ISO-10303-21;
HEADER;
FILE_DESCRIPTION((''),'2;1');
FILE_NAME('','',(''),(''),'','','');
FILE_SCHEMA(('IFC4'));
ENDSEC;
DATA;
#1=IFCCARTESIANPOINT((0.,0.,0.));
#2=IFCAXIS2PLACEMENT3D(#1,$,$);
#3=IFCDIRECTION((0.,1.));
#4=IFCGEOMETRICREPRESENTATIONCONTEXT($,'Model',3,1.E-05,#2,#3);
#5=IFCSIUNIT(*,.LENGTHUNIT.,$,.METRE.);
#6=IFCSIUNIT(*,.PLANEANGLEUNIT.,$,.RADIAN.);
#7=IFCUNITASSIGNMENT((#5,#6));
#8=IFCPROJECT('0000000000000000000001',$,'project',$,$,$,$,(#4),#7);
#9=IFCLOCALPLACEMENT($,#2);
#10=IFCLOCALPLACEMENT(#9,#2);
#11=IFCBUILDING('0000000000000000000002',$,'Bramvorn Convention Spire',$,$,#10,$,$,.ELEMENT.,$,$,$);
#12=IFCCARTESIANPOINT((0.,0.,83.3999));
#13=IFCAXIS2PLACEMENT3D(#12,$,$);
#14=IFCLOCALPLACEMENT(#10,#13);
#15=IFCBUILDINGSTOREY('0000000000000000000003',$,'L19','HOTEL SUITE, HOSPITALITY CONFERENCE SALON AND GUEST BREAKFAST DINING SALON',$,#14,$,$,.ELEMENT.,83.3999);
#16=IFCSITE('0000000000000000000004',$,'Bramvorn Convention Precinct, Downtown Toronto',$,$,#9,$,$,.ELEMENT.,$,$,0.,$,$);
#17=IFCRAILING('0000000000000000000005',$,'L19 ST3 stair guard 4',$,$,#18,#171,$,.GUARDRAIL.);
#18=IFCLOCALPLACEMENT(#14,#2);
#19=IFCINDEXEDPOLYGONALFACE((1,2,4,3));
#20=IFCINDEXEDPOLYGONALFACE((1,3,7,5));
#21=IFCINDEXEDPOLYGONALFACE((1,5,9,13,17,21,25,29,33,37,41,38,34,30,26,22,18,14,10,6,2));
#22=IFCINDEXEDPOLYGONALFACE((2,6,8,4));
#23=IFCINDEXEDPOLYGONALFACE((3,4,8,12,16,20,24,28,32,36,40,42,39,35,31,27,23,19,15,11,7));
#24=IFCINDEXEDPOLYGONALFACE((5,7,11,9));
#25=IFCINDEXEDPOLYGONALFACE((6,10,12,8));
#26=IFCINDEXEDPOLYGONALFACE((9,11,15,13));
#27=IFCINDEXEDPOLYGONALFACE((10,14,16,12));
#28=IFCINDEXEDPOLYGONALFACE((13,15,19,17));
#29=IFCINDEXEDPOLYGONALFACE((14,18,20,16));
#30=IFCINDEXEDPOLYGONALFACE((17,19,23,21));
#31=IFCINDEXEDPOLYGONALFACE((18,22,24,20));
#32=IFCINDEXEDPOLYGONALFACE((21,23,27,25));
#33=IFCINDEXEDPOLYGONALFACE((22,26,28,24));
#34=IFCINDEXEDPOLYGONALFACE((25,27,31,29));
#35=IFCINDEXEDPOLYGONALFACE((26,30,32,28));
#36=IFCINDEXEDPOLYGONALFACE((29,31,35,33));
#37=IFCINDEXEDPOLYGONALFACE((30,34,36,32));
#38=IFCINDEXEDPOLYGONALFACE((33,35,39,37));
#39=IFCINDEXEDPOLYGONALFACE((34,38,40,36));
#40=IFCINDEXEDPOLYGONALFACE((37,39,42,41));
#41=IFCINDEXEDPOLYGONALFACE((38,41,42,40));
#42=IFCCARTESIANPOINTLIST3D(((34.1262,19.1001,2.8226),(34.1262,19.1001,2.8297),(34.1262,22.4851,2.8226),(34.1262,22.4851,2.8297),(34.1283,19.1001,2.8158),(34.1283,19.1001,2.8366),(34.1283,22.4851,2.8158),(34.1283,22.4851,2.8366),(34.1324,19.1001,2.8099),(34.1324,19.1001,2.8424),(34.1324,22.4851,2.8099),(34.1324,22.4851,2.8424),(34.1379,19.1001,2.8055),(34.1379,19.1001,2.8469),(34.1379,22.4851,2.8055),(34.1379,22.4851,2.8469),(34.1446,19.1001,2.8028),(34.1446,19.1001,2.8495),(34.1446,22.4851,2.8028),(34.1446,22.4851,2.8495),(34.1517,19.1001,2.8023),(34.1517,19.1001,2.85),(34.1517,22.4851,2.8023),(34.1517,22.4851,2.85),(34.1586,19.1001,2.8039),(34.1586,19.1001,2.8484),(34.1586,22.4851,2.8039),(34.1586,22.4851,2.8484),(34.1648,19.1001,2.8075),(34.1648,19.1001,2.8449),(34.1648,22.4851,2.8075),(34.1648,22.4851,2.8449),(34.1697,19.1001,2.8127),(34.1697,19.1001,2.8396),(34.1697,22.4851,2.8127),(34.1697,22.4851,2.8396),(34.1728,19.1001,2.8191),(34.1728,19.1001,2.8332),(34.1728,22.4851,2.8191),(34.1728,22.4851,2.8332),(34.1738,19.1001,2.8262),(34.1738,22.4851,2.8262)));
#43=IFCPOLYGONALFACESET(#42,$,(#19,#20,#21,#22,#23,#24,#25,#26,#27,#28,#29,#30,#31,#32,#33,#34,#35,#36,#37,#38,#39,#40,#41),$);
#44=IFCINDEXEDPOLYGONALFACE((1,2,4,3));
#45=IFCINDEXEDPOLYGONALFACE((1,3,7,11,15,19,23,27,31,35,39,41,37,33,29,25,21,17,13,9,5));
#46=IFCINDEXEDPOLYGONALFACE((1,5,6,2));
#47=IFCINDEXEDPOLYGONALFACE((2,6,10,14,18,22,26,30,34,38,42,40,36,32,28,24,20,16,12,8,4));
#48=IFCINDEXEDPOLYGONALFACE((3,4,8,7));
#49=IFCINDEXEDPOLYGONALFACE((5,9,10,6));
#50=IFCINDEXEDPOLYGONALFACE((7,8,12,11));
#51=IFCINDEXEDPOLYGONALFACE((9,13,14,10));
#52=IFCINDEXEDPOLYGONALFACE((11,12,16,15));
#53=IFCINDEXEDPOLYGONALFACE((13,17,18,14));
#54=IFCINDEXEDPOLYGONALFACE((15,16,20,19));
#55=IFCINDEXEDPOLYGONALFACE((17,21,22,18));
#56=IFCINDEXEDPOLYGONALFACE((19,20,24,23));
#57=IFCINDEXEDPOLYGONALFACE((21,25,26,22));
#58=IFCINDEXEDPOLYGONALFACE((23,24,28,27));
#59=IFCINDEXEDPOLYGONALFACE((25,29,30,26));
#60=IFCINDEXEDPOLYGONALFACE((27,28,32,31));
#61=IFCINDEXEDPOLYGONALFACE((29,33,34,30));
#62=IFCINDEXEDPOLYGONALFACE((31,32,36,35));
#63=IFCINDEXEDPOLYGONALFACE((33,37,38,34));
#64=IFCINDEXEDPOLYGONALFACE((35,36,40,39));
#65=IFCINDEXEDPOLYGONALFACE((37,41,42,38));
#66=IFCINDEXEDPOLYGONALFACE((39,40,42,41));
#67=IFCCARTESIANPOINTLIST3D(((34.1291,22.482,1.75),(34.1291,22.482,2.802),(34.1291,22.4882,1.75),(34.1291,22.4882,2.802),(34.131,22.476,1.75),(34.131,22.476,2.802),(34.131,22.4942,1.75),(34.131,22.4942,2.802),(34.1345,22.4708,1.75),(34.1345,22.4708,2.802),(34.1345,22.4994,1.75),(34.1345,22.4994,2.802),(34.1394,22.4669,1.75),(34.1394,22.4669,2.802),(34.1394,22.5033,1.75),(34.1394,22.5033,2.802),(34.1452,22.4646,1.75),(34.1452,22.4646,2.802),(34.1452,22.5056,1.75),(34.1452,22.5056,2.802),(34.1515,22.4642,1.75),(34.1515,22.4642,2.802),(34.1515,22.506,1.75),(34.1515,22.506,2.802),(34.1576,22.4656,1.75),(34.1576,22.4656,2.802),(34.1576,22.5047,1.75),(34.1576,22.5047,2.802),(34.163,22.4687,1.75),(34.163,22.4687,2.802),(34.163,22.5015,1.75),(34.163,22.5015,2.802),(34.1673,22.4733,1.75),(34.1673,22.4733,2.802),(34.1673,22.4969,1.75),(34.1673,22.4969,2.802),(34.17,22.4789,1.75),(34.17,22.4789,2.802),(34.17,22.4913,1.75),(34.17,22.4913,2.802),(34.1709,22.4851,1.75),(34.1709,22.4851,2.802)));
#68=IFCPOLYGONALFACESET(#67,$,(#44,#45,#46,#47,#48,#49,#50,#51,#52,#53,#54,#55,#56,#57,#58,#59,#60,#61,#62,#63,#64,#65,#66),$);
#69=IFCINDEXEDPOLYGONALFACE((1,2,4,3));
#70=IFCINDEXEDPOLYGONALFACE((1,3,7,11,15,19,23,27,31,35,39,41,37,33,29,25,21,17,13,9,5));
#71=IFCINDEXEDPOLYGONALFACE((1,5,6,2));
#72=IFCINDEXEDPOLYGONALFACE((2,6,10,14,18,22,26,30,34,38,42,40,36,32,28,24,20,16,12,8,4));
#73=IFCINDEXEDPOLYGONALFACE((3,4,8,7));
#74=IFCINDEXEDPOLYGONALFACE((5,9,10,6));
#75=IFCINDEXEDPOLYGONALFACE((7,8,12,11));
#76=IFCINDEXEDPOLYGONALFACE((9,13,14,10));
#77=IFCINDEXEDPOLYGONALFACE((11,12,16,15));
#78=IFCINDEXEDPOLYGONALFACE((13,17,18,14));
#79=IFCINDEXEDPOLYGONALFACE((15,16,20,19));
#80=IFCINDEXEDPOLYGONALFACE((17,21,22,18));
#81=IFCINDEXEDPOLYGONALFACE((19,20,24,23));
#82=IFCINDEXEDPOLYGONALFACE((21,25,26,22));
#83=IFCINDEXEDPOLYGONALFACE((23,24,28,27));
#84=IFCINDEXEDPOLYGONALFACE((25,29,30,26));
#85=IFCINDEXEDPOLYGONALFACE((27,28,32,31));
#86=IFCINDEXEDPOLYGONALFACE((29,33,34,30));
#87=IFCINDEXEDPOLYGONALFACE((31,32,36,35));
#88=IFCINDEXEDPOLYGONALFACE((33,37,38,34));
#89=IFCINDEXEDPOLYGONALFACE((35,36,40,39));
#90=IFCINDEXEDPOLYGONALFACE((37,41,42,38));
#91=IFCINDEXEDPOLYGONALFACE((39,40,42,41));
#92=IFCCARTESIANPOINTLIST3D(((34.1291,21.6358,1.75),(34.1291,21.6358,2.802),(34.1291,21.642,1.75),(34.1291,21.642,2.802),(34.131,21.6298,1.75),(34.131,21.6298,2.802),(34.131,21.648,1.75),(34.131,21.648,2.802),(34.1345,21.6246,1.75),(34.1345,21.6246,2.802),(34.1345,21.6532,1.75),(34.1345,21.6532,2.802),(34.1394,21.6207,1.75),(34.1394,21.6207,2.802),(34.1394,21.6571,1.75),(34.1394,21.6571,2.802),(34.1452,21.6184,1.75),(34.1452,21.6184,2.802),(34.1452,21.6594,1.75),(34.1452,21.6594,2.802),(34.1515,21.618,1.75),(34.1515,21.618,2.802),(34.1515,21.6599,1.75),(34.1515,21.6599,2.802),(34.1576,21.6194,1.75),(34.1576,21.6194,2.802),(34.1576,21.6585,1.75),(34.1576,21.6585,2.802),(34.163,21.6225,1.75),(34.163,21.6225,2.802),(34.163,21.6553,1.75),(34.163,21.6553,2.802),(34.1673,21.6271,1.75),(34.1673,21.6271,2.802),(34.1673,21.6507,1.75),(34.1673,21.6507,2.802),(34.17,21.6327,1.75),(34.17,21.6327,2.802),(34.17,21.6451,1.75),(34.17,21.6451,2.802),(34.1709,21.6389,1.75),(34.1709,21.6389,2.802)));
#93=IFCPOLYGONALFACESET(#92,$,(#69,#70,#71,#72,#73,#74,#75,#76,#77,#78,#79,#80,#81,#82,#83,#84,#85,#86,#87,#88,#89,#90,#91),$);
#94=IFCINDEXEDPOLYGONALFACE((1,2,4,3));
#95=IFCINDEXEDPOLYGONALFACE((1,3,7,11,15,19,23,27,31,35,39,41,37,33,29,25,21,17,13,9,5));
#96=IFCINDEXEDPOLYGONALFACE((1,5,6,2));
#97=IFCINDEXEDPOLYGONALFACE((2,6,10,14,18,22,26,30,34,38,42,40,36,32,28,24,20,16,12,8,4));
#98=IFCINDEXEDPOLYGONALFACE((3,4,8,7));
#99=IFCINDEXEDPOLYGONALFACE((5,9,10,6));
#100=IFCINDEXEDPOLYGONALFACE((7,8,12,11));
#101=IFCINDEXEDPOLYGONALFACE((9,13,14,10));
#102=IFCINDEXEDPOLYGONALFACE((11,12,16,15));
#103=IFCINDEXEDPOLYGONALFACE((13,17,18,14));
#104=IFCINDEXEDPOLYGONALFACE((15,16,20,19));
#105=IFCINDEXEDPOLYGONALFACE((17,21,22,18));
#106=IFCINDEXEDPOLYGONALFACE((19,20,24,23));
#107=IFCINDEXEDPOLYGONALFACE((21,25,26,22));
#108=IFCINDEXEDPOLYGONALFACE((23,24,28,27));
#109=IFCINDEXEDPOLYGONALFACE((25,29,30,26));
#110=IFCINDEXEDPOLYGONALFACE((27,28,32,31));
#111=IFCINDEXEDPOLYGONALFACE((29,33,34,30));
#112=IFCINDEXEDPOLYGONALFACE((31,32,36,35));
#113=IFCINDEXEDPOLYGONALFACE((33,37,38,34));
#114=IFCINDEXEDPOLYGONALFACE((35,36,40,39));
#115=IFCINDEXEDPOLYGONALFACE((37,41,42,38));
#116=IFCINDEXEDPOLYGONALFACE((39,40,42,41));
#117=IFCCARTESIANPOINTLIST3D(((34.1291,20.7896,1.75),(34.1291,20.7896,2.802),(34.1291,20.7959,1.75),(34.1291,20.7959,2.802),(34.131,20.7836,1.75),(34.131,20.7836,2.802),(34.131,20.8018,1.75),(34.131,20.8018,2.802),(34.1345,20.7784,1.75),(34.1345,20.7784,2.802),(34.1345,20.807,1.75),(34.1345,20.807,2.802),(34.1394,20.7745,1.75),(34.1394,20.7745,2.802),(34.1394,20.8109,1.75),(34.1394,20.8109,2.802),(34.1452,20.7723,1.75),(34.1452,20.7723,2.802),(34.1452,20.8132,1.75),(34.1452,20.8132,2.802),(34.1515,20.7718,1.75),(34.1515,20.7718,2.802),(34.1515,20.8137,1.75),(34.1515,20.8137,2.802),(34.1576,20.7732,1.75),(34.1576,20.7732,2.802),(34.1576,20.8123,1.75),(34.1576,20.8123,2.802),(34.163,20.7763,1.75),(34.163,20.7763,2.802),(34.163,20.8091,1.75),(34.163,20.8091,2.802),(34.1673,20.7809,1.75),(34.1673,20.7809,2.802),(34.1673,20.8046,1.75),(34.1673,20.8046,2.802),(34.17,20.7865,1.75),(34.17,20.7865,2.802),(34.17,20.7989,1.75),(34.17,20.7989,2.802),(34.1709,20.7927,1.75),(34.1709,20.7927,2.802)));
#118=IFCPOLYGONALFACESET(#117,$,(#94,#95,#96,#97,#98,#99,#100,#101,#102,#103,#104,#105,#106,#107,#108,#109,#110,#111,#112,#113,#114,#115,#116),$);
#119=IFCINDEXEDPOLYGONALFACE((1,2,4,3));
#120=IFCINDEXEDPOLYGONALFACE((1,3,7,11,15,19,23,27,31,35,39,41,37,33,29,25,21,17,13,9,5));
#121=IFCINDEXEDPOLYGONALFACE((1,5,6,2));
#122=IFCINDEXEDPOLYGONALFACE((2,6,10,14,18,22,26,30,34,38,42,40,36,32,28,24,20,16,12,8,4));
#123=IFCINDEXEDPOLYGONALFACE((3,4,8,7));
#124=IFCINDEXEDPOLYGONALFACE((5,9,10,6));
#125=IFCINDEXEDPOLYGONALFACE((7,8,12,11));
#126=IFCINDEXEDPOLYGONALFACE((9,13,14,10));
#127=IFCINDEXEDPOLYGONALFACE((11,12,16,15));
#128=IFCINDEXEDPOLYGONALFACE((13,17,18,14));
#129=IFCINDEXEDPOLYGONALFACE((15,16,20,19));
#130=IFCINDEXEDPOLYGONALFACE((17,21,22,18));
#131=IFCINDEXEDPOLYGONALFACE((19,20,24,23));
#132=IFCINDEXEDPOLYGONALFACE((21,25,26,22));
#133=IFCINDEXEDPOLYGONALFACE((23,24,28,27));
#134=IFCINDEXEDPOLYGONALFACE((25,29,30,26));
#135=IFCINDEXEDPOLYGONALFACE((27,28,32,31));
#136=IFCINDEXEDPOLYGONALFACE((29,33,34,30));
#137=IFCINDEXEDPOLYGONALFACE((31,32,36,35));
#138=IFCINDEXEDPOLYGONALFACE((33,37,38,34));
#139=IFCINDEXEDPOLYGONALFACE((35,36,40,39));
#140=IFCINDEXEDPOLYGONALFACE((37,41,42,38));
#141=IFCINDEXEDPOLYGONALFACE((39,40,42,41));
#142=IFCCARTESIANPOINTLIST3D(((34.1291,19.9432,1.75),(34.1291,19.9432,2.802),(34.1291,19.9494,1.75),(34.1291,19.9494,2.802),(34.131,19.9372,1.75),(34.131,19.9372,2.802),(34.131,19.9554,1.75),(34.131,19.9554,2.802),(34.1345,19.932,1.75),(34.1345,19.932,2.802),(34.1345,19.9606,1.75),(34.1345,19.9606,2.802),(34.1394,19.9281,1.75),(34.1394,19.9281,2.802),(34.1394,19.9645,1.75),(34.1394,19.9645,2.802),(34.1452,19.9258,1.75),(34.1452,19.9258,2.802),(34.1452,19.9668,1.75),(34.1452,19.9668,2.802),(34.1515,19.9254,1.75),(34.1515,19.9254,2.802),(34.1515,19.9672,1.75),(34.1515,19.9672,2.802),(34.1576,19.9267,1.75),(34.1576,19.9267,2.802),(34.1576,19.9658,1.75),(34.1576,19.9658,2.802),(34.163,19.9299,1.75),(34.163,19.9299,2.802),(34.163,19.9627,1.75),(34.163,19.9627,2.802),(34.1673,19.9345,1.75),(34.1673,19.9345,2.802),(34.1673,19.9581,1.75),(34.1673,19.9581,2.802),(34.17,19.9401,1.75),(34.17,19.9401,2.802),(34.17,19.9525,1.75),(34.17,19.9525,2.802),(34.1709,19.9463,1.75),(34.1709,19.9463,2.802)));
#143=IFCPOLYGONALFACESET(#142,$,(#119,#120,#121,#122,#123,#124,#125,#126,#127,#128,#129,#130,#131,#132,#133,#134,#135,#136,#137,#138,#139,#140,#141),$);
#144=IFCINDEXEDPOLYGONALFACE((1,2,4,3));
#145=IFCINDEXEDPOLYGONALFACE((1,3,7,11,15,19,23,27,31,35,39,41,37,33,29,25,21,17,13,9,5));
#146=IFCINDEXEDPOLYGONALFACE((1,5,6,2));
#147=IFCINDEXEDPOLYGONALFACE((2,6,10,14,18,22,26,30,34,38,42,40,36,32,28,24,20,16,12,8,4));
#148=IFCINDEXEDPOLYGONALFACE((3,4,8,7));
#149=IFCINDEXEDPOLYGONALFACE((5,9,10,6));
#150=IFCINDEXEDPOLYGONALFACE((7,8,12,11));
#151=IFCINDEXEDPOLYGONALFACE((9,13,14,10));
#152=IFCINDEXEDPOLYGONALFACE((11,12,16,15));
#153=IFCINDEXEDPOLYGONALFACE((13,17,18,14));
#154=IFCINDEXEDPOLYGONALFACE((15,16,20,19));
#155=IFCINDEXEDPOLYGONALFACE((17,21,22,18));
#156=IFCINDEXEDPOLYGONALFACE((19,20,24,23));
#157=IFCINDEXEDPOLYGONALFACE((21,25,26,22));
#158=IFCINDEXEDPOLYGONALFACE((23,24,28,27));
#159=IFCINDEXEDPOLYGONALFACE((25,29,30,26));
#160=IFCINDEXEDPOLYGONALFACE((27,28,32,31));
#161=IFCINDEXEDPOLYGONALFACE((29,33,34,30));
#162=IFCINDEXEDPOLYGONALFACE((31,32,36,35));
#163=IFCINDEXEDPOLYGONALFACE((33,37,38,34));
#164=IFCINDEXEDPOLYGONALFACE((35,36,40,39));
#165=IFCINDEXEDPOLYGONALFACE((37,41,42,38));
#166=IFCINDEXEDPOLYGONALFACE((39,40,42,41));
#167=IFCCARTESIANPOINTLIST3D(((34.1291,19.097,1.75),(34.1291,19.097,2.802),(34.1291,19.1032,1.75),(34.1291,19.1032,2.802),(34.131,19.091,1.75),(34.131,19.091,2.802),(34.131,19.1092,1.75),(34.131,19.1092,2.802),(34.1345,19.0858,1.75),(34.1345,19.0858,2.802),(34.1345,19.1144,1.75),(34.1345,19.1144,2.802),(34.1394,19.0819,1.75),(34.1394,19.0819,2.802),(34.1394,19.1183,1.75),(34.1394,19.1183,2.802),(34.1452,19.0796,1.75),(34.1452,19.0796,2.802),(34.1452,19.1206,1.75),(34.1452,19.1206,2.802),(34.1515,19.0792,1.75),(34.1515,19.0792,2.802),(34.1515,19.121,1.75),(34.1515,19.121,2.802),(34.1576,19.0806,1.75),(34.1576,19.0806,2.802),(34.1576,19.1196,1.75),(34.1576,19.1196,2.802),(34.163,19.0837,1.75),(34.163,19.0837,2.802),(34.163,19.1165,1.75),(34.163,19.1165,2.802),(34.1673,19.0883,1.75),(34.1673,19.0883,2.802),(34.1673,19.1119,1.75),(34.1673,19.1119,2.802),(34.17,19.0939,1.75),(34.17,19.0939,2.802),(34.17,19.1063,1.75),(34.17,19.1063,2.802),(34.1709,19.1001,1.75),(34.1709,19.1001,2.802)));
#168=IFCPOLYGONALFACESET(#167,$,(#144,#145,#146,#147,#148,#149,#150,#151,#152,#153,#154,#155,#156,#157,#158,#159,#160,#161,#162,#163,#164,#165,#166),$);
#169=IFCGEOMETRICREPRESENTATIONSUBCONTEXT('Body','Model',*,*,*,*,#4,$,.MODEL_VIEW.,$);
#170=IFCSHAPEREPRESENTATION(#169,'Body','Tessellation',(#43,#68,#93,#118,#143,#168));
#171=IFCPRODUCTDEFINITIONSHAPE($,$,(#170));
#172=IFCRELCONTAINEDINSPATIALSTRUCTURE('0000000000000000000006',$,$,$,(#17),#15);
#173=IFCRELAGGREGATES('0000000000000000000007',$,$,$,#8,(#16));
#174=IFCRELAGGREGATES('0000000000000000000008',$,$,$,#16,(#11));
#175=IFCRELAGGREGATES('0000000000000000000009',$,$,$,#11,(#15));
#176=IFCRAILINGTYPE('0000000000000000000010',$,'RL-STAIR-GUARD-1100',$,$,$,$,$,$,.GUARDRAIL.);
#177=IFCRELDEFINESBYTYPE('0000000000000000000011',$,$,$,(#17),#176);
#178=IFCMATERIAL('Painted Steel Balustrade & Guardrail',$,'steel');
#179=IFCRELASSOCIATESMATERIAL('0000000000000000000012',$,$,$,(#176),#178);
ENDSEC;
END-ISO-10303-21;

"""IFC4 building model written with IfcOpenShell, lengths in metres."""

from ifc_helpers import new_model, si_unit, direction, frame, origin, origin_2d, place, context, subcontext, project, spatial, circle, extrude, material, type_object, element, save


model = new_model("IFC4")

# Units and contexts
model_context = context("Model", 3, precision=1e-05, world=origin(), true_north=direction((0.0, 1.0)))
body_context = subcontext(model_context, "Body", "Model", "MODEL_VIEW")
ifc_project = project(units=[si_unit("LENGTHUNIT", "METRE"), si_unit("PLANEANGLEUNIT", "RADIAN")], contexts=[model_context])

# Site, building, storey
site_placement = place(None, origin())
site = spatial("IfcSite", under=ifc_project, at=site_placement, Name="Bramvorn Convention Precinct, Downtown Toronto", CompositionType="ELEMENT", RefElevation=0.0)
building_placement = place(site_placement, origin())
building = spatial("IfcBuilding", under=site, at=building_placement, Name="Bramvorn Convention Spire", CompositionType="ELEMENT")
storey_placement = place(building_placement, frame((0.0, 0.0, 83.3999)))
storey = spatial("IfcBuildingStorey", under=building, at=storey_placement, Name="L19", Description="HOTEL SUITE, HOSPITALITY CONFERENCE SALON AND GUEST BREAKFAST DINING SALON", CompositionType="ELEMENT", Elevation=83.3999)

# Railing
ifc_material_1 = material(Name="Painted Steel Balustrade & Guardrail", Category="steel")
railing_type_1 = type_object("IfcRailingType", Name="RL-STAIR-GUARD-1100", PredefinedType="GUARDRAIL", material=ifc_material_1)
for number, where, name in (
    (1, (34.1499, 22.4851, 1.75), "L19 ST3 stair guard 4"),
):
    element("IfcRailing", number, at=place(storey_placement, frame(where)), inside=storey, type_object=railing_type_1, Name=name, PredefinedType="GUARDRAIL", context=body_context, shape_type="SweptSolid", body=[
        extrude(circle(Radius=0.0239, at=origin_2d()), frame((0.0, 0.0, 1.0762), z_axis=(0.0, -1.0, 0.0), x_axis=(1.0, 0.0, 0.0)), (0.0, 0.0, 1.0), 3.385),
        extrude(circle(Radius=0.021, at=origin_2d()), origin(), (0.0, 0.0, 1.0), 1.052),
        extrude(circle(Radius=0.021, at=origin_2d()), frame((0.0, -0.8462, 0.0)), (0.0, 0.0, 1.0), 1.052),
        extrude(circle(Radius=0.021, at=origin_2d()), frame((0.0, -1.6924, 0.0)), (0.0, 0.0, 1.0), 1.052),
        extrude(circle(Radius=0.021, at=origin_2d()), frame((0.0, -2.5388, 0.0)), (0.0, 0.0, 1.0), 1.052),
        extrude(circle(Radius=0.021, at=origin_2d()), frame((0.0, -3.385, 0.0)), (0.0, 0.0, 1.0), 1.052),
    ])

save(model, "model.ifc")
